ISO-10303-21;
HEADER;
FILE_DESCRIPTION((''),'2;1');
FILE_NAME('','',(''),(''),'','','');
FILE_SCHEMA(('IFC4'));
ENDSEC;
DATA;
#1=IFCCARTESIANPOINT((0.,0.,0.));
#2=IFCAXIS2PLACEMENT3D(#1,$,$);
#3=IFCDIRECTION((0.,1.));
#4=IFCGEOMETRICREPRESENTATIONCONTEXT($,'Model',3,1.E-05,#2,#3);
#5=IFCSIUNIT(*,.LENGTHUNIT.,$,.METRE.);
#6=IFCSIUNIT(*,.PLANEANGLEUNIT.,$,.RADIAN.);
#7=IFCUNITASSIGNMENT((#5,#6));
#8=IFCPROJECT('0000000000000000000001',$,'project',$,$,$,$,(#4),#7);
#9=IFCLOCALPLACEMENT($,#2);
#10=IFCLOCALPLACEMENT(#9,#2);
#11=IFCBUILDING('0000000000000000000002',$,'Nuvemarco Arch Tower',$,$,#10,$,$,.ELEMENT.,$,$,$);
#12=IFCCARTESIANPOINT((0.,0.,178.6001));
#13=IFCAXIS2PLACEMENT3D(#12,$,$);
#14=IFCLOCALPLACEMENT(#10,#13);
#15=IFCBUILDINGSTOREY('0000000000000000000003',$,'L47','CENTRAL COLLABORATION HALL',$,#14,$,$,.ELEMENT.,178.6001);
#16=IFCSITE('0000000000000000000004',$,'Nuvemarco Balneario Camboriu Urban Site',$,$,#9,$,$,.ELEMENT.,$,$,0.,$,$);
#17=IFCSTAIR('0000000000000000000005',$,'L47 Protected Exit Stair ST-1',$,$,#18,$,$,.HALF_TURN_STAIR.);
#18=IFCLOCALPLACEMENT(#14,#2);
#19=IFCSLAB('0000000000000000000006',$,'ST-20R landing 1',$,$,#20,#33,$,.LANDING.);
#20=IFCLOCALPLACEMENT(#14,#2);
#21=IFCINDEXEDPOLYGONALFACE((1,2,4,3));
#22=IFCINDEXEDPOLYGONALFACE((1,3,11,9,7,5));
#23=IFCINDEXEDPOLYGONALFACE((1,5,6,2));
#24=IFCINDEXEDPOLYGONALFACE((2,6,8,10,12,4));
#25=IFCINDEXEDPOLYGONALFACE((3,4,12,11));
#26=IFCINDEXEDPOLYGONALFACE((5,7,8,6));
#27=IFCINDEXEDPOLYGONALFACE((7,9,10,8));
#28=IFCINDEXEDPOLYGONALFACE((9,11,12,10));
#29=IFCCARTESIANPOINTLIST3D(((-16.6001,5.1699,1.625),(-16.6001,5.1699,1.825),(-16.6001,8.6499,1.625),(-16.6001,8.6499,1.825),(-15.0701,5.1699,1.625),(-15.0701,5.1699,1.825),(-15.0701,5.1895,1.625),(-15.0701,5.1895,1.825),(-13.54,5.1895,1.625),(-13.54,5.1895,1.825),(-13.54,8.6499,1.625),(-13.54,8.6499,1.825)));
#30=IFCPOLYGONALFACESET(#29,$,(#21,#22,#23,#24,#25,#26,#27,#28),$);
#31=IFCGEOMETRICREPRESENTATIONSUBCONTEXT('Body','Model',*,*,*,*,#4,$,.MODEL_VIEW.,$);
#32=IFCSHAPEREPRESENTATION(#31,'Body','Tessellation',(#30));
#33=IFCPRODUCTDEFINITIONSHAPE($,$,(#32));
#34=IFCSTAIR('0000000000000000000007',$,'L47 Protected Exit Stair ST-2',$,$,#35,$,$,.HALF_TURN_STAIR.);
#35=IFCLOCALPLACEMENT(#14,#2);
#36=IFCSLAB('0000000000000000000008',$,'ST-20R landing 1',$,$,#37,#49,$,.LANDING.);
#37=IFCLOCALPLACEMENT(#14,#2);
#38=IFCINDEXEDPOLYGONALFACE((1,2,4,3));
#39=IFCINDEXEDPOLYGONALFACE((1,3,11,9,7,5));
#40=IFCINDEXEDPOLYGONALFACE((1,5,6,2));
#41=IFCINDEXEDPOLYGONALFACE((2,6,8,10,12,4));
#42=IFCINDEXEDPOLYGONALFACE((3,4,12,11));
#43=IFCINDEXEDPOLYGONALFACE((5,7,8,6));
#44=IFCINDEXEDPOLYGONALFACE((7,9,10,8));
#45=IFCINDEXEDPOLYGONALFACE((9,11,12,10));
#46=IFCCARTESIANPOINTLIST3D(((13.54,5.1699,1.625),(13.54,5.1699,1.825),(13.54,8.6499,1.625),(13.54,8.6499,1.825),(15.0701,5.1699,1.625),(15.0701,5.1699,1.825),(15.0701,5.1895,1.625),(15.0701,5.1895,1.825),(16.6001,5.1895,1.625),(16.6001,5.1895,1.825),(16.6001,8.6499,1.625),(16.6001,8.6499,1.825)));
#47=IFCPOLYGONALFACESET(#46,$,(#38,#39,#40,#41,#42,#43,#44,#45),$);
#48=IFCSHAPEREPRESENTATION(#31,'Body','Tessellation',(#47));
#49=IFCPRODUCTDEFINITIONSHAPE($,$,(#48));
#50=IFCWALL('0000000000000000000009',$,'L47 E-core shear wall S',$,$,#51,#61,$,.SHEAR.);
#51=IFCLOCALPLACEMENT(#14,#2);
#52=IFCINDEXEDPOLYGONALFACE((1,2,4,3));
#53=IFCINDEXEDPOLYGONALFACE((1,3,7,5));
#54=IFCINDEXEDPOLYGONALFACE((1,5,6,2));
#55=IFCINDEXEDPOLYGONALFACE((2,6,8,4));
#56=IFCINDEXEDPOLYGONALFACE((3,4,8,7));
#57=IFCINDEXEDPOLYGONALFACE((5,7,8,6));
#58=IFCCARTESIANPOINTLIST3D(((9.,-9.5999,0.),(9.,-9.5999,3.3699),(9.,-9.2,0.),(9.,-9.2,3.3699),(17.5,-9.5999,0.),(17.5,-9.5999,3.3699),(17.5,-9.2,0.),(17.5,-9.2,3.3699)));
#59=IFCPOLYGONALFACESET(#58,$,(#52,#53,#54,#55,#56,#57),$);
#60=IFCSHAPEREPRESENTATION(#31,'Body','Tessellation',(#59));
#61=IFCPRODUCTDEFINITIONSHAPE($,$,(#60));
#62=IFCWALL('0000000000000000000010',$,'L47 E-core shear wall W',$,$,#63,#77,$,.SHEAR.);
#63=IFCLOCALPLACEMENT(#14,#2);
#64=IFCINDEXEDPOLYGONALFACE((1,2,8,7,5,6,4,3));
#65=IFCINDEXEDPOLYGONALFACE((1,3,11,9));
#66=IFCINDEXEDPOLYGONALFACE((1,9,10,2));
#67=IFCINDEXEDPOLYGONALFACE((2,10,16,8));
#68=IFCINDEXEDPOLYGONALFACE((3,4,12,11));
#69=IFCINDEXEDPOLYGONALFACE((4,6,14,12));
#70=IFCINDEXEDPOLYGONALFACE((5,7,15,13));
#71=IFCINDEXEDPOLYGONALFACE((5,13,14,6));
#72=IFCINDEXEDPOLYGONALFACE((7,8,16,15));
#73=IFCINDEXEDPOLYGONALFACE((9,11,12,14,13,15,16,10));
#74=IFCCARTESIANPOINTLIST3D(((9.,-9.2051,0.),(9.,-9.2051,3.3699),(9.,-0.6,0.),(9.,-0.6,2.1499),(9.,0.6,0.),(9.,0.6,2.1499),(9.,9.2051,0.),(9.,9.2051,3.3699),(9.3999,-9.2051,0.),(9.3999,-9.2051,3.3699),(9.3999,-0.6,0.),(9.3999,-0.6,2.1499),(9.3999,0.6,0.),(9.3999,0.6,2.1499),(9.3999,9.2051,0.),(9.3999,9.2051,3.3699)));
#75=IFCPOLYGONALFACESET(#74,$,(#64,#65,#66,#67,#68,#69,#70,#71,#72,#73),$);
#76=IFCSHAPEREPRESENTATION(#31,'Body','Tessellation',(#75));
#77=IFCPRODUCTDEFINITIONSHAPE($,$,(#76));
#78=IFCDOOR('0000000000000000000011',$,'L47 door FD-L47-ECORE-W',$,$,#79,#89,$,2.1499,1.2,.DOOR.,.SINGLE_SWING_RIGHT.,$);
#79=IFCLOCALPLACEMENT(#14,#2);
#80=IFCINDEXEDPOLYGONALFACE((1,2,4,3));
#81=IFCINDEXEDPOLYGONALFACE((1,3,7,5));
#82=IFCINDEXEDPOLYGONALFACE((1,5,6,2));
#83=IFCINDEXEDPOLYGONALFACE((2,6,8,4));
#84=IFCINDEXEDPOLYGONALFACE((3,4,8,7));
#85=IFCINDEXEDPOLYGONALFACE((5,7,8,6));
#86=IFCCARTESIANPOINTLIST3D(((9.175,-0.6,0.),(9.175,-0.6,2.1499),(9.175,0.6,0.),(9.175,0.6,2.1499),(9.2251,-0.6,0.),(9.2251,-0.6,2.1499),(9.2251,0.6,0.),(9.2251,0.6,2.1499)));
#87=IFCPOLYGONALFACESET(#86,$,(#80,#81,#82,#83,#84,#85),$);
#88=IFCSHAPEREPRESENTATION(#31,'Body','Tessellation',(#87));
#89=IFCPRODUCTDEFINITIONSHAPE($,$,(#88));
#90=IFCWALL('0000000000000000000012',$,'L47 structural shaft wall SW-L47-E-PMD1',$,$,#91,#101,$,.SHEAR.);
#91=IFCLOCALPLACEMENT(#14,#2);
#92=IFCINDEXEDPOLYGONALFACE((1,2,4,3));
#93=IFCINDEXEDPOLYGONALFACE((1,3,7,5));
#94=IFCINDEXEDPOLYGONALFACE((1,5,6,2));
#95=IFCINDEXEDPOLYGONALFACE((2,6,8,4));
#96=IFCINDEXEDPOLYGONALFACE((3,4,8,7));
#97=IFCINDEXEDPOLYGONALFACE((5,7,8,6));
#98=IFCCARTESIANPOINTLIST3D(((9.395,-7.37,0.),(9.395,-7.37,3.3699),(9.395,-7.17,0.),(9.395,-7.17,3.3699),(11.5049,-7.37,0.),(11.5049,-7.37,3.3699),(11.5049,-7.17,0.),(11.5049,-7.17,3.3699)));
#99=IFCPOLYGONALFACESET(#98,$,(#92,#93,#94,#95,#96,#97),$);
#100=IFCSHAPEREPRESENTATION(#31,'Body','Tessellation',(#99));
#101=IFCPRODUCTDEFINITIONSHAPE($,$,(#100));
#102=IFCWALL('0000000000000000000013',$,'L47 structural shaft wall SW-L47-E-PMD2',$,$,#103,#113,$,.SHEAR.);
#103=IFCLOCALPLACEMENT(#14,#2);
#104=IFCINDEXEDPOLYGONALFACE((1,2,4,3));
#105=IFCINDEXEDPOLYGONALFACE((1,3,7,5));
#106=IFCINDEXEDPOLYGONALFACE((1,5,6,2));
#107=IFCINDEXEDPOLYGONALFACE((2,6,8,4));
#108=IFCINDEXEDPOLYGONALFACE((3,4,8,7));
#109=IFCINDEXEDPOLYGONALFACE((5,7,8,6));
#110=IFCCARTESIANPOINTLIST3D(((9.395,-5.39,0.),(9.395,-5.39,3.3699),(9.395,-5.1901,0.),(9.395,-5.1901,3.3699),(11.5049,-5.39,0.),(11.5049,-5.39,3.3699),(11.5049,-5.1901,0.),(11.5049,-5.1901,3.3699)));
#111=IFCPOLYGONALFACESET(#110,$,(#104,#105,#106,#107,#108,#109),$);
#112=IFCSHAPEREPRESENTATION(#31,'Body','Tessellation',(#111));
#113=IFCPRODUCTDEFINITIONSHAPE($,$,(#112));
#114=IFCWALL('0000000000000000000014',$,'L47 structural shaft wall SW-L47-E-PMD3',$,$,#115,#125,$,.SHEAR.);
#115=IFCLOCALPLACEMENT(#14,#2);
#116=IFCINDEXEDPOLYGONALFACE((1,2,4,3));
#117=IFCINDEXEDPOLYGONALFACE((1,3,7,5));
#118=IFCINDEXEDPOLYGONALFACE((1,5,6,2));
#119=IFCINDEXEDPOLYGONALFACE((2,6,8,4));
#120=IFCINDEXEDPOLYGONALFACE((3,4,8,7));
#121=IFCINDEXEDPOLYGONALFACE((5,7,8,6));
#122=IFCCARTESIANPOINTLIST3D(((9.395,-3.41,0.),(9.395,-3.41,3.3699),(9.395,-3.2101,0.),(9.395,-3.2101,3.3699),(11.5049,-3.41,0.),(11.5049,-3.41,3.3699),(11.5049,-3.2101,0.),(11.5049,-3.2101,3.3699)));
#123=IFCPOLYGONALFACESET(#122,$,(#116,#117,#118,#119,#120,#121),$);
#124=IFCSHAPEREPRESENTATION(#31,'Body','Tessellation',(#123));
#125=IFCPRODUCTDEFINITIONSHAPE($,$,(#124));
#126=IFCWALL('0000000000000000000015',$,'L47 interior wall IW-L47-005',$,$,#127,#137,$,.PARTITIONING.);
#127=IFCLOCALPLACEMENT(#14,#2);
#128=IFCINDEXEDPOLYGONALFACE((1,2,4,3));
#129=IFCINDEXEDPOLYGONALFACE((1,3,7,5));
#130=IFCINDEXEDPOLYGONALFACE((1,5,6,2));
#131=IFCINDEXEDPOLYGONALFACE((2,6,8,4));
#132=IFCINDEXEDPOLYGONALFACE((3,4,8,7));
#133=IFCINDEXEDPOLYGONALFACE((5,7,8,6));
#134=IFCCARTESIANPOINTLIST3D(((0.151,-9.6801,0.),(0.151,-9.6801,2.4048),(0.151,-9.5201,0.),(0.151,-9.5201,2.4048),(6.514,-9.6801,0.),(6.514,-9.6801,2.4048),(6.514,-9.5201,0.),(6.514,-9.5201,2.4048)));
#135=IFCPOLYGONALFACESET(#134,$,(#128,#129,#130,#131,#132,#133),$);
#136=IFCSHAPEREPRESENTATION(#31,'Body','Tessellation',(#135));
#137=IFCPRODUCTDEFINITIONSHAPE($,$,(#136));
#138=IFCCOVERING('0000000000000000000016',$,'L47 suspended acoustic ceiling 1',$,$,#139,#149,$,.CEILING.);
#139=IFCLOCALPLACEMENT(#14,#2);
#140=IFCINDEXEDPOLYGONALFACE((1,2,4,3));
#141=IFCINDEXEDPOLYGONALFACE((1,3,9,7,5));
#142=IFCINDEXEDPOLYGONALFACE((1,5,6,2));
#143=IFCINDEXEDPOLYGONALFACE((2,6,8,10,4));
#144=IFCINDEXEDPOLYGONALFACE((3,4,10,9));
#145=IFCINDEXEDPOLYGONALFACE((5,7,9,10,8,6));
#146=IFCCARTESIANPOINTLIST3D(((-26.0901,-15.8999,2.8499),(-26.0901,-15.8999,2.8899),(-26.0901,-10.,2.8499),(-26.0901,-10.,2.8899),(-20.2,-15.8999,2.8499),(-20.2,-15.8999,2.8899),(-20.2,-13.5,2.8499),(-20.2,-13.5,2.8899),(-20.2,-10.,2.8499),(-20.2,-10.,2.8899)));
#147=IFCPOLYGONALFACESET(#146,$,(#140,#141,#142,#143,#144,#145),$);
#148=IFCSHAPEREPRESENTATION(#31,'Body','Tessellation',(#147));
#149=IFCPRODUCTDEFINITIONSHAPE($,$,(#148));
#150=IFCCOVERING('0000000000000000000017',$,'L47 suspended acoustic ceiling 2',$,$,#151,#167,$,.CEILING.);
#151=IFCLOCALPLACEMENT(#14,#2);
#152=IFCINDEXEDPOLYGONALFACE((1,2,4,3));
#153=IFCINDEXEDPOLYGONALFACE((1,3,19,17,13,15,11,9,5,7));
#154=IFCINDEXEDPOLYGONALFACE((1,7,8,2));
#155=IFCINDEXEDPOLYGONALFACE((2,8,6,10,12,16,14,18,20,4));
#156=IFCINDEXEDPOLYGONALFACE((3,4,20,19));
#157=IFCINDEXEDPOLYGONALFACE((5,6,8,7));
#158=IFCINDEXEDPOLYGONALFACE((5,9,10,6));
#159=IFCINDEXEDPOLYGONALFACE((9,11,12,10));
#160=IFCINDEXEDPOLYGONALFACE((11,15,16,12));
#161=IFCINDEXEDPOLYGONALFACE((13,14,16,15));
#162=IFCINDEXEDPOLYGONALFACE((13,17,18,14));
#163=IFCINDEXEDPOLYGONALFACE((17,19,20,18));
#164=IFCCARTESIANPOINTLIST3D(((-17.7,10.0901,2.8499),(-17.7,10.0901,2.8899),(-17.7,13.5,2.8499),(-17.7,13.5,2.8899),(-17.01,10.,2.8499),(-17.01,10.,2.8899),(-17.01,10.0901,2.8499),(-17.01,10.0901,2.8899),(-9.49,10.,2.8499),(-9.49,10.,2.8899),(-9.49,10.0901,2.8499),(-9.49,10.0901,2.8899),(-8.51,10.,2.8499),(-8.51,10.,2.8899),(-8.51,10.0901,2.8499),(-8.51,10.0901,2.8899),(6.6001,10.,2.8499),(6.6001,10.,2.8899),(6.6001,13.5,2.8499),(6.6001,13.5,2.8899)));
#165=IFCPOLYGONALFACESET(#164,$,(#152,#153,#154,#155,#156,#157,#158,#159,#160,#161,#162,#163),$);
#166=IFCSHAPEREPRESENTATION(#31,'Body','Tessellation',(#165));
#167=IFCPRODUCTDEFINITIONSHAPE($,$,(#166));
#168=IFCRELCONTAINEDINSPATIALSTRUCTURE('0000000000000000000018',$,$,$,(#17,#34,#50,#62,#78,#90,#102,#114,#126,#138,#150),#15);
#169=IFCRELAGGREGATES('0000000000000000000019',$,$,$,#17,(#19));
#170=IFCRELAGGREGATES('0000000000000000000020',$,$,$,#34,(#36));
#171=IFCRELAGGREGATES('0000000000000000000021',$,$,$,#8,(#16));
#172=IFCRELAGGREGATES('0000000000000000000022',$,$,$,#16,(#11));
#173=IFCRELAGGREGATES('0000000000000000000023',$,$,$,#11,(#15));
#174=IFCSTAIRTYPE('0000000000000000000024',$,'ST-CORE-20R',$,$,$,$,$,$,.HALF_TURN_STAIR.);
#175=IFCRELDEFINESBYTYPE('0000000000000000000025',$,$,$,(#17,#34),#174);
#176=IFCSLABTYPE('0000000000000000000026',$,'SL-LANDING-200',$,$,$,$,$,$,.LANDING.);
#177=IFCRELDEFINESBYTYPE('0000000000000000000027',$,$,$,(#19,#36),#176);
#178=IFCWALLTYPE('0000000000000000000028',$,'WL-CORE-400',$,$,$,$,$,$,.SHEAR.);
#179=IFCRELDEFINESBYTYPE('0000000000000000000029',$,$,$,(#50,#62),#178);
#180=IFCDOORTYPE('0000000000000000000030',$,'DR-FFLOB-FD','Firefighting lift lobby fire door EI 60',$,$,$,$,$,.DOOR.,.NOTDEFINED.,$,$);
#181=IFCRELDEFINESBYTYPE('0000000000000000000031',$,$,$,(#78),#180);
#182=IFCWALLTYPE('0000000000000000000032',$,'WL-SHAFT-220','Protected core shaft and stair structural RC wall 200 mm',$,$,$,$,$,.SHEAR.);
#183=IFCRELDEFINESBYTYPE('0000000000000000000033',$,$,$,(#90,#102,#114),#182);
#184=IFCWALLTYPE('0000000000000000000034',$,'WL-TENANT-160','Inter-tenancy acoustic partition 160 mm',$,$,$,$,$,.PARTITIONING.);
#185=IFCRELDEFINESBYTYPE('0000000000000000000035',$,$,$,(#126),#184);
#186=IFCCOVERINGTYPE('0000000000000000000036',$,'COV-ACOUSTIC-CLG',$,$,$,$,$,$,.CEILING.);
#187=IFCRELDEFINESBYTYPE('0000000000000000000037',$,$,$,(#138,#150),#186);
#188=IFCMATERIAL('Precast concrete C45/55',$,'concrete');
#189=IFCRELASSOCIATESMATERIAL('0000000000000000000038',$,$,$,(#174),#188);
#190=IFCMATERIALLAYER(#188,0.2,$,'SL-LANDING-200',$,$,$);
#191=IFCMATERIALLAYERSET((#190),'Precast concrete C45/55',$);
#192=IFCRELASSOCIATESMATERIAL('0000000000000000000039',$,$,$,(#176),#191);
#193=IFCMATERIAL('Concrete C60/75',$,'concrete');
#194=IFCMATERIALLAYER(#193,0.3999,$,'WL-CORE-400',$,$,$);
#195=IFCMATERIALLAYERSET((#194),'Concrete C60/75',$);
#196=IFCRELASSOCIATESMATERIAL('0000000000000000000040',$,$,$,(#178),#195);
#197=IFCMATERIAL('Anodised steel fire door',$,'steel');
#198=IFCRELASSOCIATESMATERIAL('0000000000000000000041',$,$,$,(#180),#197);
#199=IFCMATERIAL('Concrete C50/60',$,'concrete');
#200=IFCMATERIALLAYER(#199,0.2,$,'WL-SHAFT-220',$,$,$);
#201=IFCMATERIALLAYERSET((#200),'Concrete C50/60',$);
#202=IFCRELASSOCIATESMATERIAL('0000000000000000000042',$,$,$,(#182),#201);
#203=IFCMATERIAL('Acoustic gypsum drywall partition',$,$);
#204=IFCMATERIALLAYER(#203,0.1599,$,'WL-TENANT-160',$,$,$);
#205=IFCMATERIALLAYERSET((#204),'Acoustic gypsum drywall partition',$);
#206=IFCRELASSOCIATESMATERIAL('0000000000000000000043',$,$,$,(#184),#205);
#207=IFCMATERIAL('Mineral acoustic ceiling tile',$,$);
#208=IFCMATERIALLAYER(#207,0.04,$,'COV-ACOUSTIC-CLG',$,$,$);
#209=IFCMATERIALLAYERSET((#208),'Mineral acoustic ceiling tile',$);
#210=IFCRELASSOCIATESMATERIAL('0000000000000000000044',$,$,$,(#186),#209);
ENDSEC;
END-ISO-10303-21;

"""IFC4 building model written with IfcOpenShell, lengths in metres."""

from ifc_helpers import new_model, si_unit, direction, frame, frame_2d, origin, place, context, subcontext, project, spatial, polyline, rectangle, outline, extrude, source, transform, mapped, material, layer, layer_set, type_object, type_shapes, element, fill, aggregate, save


model = new_model("IFC4")

# Units and contexts
model_context = context("Model", 3, precision=1e-05, world=origin(), true_north=direction((0.0, 1.0)))
body_context = subcontext(model_context, "Body", "Model", "MODEL_VIEW")
ifc_project = project(units=[si_unit("LENGTHUNIT", "METRE"), si_unit("PLANEANGLEUNIT", "RADIAN")], contexts=[model_context])

# Site, building, storey
site_placement = place(None, origin())
site = spatial("IfcSite", under=ifc_project, at=site_placement, Name="Nuvemarco Balneario Camboriu Urban Site", CompositionType="ELEMENT", RefElevation=0.0)
building_placement = place(site_placement, origin())
building = spatial("IfcBuilding", under=site, at=building_placement, Name="Nuvemarco Arch Tower", CompositionType="ELEMENT")
storey_placement = place(building_placement, frame((0.0, 0.0, 178.6001)))
storey = spatial("IfcBuildingStorey", under=building, at=storey_placement, Name="L47", Description="CENTRAL COLLABORATION HALL", CompositionType="ELEMENT", Elevation=178.6001)

# Shared definitions
ifc_material_1 = material(Name="Concrete C50/60", Category="concrete")

# Shared definitions
ifc_material_2 = material(Name="Concrete C60/75", Category="concrete")

# Stairs, slabs
ifc_material_3 = material(Name="Precast concrete C45/55", Category="concrete")
stair_type = type_object("IfcStairType", Name="ST-CORE-20R", PredefinedType="HALF_TURN_STAIR", material=ifc_material_3)
stair_1_placement = place(storey_placement, origin())
stair_1 = element("IfcStair", 1, at=stair_1_placement, inside=storey, type_object=stair_type, Name="L47 Protected Exit Stair ST-1", PredefinedType="HALF_TURN_STAIR")
ifc_layer_1 = layer(ifc_material_3, 0.2, Name="SL-LANDING-200")
ifc_layer_set_1 = layer_set([ifc_layer_1], Name="Precast concrete C45/55")
slab_type = type_object("IfcSlabType", Name="SL-LANDING-200", PredefinedType="LANDING", material=ifc_layer_set_1)
slab_1_placement = place(storey_placement, frame((0.0, 0.0, 1.625)))
slab_1 = element("IfcSlab", 2, at=slab_1_placement, type_object=slab_type, Name="ST-20R landing 1", PredefinedType="LANDING", context=body_context, shape_type="SweptSolid", body=[
    extrude(outline(polyline([(-13.54, 5.1895), (-13.54, 8.6499), (-16.6001, 8.6499), (-16.6001, 5.1699), (-15.0701, 5.1699), (-15.0701, 5.1895), (-13.54, 5.1895)])), origin(), (0.0, 0.0, 1.0), 0.2),
])
aggregate(stair_1, [slab_1])
stair_2_placement = place(storey_placement, origin())
stair_2 = element("IfcStair", 3, at=stair_2_placement, inside=storey, type_object=stair_type, Name="L47 Protected Exit Stair ST-2", PredefinedType="HALF_TURN_STAIR")
slab_2_placement = place(storey_placement, frame((0.0, 0.0, 1.625)))
slab_2 = element("IfcSlab", 4, at=slab_2_placement, type_object=slab_type, Name="ST-20R landing 1", PredefinedType="LANDING", context=body_context, shape_type="SweptSolid", body=[
    extrude(outline(polyline([(16.6001, 5.1895), (16.6001, 8.6499), (13.54, 8.6499), (13.54, 5.1699), (15.0701, 5.1699), (15.0701, 5.1895), (16.6001, 5.1895)])), origin(), (0.0, 0.0, 1.0), 0.2),
])
aggregate(stair_2, [slab_2])

# Wall
ifc_layer_2 = layer(ifc_material_2, 0.3999, Name="WL-CORE-400")
ifc_layer_set_2 = layer_set([ifc_layer_2], Name="Concrete C60/75")
wall_type_1 = type_object("IfcWallType", Name="WL-CORE-400", PredefinedType="SHEAR", material=ifc_layer_set_2)
wall_1_placement = place(storey_placement, frame((9.0, -9.3999, 0.0), z_axis=(0.0, 0.0, 1.0), x_axis=(1.0, 0.0, 0.0)))
element("IfcWall", 5, at=wall_1_placement, inside=storey, type_object=wall_type_1, Name="L47 E-core shear wall S", PredefinedType="SHEAR", context=body_context, shape_type="SweptSolid", body=[
    extrude(rectangle(XDim=8.5, YDim=0.3999, at=frame_2d((4.25, 0.0))), origin(), (0.0, 0.0, 1.0), 3.3699),
])

# Wall, opening, door
wall_2_placement = place(storey_placement, frame((9.2, -9.2051, 0.0), z_axis=(0.0, 0.0, 1.0), x_axis=(0.0, 1.0, 0.0)))
wall_2 = element("IfcWall", 6, at=wall_2_placement, inside=storey, type_object=wall_type_1, Name="L47 E-core shear wall W", PredefinedType="SHEAR", context=body_context, shape_type="SweptSolid", body=[
    extrude(rectangle(XDim=18.4102, YDim=0.3999, at=frame_2d((9.2051, 0.0))), origin(), (0.0, 0.0, 1.0), 3.3699),
])
opening_placement = place(wall_2_placement, frame((8.605, 0.0, 0.0)))
opening = element("IfcOpeningElement", 7, at=opening_placement, cuts=wall_2, PredefinedType="OPENING", context=body_context, shape_type="SweptSolid", body=[
    extrude(rectangle(XDim=1.2, YDim=2.1499, at=frame_2d((0.6001, 1.075))), frame((0.0, 0.21, 0.0), z_axis=(0.0, -1.0, 0.0), x_axis=(1.0, 0.0, 0.0)), (0.0, 0.0, 1.0), 0.4199),
])
ifc_material_4 = material(Name="Anodised steel fire door", Category="steel")
door_type = type_object("IfcDoorType", Name="DR-FFLOB-FD", Description="Firefighting lift lobby fire door EI 60", OperationType="NOTDEFINED", PredefinedType="DOOR", material=ifc_material_4)
shared_shape = source(origin(), body_context, "Body", "SweptSolid", [
    extrude(rectangle(XDim=1.2, YDim=2.1499, at=frame_2d((0.6001, 1.075))), frame((0.0, 0.0249, 0.0), z_axis=(0.0, -1.0, 0.0), x_axis=(1.0, 0.0, 0.0)), (0.0, 0.0, 1.0), 0.05),
])
type_shapes(door_type, [shared_shape])
door_placement = place(opening_placement, origin())
door = element("IfcDoor", 8, at=door_placement, inside=storey, type_object=door_type, Name="L47 door FD-L47-ECORE-W", OperationType="SINGLE_SWING_RIGHT", OverallHeight=2.1499, OverallWidth=1.2, PredefinedType="DOOR", context=body_context, shape_type="MappedRepresentation", body=[
    mapped(shared_shape, transform((0.0, 0.0, 0.0), scale=1.0)),
])
fill(opening, door)

# Walls
ifc_layer_3 = layer(ifc_material_1, 0.2, Name="WL-SHAFT-220")
ifc_layer_set_3 = layer_set([ifc_layer_3], Name="Concrete C50/60")
wall_type_2 = type_object("IfcWallType", Name="WL-SHAFT-220", Description="Protected core shaft and stair structural RC wall 200 mm", PredefinedType="SHEAR", material=ifc_layer_set_3)
for number, where, z_axis, x_axis, name in (
    (9, (9.395, -7.27, 0.0), (0.0, 0.0, 1.0), (1.0, 0.0, 0.0), "L47 structural shaft wall SW-L47-E-PMD1"),
    (10, (9.395, -5.29, 0.0), (0.0, 0.0, 1.0), (1.0, 0.0, 0.0), "L47 structural shaft wall SW-L47-E-PMD2"),
    (11, (9.395, -3.3101, 0.0), (0.0, 0.0, 1.0), (1.0, 0.0, 0.0), "L47 structural shaft wall SW-L47-E-PMD3"),
):
    element("IfcWall", number, at=place(storey_placement, frame(where, z_axis=z_axis, x_axis=x_axis)), inside=storey, type_object=wall_type_2, Name=name, PredefinedType="SHEAR", context=body_context, shape_type="SweptSolid", body=[
        extrude(rectangle(XDim=2.1099, YDim=0.2, at=frame_2d((1.0549, 0.0))), origin(), (0.0, 0.0, 1.0), 3.3699),
    ])
ifc_material_5 = material(Name="Acoustic gypsum drywall partition")
ifc_layer_4 = layer(ifc_material_5, 0.1599, Name="WL-TENANT-160")
ifc_layer_set_4 = layer_set([ifc_layer_4], Name="Acoustic gypsum drywall partition")
wall_type_3 = type_object("IfcWallType", Name="WL-TENANT-160", Description="Inter-tenancy acoustic partition 160 mm", PredefinedType="PARTITIONING", material=ifc_layer_set_4)
wall_3_placement = place(storey_placement, frame((0.1509, -9.6001, 0.0), z_axis=(0.0, 0.0, 1.0), x_axis=(1.0, 0.0, 0.0)))
element("IfcWall", 12, at=wall_3_placement, inside=storey, type_object=wall_type_3, Name="L47 interior wall IW-L47-005", PredefinedType="PARTITIONING", context=body_context, shape_type="SweptSolid", body=[
    extrude(rectangle(XDim=6.363, YDim=0.1599, at=frame_2d((3.1816, 0.0))), origin(), (0.0, 0.0, 1.0), 2.4048),
])

# Coverings
ifc_material_6 = material(Name="Mineral acoustic ceiling tile")
ifc_layer_5 = layer(ifc_material_6, 0.04, Name="COV-ACOUSTIC-CLG")
ifc_layer_set_5 = layer_set([ifc_layer_5], Name="Mineral acoustic ceiling tile")
covering_type = type_object("IfcCoveringType", Name="COV-ACOUSTIC-CLG", PredefinedType="CEILING", material=ifc_layer_set_5)
covering_1_placement = place(storey_placement, frame((0.0, 0.0, 2.8499)))
element("IfcCovering", 13, at=covering_1_placement, inside=storey, type_object=covering_type, Name="L47 suspended acoustic ceiling 1", PredefinedType="CEILING", context=body_context, shape_type="SweptSolid", body=[
    extrude(outline(polyline([(-20.2, -13.5), (-20.2, -15.8999), (-26.0901, -15.8999), (-26.0901, -10.0), (-20.2, -10.0), (-20.2, -13.5)])), origin(), (0.0, 0.0, 1.0), 0.04),
])
covering_2_placement = place(storey_placement, frame((0.0, 0.0, 2.8499)))
element("IfcCovering", 14, at=covering_2_placement, inside=storey, type_object=covering_type, Name="L47 suspended acoustic ceiling 2", PredefinedType="CEILING", context=body_context, shape_type="SweptSolid", body=[
    extrude(outline(polyline([(6.6001, 13.5), (6.6001, 10.0), (-8.51, 10.0), (-8.51, 10.0901), (-9.49, 10.0901), (-9.49, 10.0), (-17.01, 10.0), (-17.01, 10.0901), (-17.7, 10.0901), (-17.7, 13.5), (6.6001, 13.5)])), origin(), (0.0, 0.0, 1.0), 0.04),
])

save(model, "model.ifc")
